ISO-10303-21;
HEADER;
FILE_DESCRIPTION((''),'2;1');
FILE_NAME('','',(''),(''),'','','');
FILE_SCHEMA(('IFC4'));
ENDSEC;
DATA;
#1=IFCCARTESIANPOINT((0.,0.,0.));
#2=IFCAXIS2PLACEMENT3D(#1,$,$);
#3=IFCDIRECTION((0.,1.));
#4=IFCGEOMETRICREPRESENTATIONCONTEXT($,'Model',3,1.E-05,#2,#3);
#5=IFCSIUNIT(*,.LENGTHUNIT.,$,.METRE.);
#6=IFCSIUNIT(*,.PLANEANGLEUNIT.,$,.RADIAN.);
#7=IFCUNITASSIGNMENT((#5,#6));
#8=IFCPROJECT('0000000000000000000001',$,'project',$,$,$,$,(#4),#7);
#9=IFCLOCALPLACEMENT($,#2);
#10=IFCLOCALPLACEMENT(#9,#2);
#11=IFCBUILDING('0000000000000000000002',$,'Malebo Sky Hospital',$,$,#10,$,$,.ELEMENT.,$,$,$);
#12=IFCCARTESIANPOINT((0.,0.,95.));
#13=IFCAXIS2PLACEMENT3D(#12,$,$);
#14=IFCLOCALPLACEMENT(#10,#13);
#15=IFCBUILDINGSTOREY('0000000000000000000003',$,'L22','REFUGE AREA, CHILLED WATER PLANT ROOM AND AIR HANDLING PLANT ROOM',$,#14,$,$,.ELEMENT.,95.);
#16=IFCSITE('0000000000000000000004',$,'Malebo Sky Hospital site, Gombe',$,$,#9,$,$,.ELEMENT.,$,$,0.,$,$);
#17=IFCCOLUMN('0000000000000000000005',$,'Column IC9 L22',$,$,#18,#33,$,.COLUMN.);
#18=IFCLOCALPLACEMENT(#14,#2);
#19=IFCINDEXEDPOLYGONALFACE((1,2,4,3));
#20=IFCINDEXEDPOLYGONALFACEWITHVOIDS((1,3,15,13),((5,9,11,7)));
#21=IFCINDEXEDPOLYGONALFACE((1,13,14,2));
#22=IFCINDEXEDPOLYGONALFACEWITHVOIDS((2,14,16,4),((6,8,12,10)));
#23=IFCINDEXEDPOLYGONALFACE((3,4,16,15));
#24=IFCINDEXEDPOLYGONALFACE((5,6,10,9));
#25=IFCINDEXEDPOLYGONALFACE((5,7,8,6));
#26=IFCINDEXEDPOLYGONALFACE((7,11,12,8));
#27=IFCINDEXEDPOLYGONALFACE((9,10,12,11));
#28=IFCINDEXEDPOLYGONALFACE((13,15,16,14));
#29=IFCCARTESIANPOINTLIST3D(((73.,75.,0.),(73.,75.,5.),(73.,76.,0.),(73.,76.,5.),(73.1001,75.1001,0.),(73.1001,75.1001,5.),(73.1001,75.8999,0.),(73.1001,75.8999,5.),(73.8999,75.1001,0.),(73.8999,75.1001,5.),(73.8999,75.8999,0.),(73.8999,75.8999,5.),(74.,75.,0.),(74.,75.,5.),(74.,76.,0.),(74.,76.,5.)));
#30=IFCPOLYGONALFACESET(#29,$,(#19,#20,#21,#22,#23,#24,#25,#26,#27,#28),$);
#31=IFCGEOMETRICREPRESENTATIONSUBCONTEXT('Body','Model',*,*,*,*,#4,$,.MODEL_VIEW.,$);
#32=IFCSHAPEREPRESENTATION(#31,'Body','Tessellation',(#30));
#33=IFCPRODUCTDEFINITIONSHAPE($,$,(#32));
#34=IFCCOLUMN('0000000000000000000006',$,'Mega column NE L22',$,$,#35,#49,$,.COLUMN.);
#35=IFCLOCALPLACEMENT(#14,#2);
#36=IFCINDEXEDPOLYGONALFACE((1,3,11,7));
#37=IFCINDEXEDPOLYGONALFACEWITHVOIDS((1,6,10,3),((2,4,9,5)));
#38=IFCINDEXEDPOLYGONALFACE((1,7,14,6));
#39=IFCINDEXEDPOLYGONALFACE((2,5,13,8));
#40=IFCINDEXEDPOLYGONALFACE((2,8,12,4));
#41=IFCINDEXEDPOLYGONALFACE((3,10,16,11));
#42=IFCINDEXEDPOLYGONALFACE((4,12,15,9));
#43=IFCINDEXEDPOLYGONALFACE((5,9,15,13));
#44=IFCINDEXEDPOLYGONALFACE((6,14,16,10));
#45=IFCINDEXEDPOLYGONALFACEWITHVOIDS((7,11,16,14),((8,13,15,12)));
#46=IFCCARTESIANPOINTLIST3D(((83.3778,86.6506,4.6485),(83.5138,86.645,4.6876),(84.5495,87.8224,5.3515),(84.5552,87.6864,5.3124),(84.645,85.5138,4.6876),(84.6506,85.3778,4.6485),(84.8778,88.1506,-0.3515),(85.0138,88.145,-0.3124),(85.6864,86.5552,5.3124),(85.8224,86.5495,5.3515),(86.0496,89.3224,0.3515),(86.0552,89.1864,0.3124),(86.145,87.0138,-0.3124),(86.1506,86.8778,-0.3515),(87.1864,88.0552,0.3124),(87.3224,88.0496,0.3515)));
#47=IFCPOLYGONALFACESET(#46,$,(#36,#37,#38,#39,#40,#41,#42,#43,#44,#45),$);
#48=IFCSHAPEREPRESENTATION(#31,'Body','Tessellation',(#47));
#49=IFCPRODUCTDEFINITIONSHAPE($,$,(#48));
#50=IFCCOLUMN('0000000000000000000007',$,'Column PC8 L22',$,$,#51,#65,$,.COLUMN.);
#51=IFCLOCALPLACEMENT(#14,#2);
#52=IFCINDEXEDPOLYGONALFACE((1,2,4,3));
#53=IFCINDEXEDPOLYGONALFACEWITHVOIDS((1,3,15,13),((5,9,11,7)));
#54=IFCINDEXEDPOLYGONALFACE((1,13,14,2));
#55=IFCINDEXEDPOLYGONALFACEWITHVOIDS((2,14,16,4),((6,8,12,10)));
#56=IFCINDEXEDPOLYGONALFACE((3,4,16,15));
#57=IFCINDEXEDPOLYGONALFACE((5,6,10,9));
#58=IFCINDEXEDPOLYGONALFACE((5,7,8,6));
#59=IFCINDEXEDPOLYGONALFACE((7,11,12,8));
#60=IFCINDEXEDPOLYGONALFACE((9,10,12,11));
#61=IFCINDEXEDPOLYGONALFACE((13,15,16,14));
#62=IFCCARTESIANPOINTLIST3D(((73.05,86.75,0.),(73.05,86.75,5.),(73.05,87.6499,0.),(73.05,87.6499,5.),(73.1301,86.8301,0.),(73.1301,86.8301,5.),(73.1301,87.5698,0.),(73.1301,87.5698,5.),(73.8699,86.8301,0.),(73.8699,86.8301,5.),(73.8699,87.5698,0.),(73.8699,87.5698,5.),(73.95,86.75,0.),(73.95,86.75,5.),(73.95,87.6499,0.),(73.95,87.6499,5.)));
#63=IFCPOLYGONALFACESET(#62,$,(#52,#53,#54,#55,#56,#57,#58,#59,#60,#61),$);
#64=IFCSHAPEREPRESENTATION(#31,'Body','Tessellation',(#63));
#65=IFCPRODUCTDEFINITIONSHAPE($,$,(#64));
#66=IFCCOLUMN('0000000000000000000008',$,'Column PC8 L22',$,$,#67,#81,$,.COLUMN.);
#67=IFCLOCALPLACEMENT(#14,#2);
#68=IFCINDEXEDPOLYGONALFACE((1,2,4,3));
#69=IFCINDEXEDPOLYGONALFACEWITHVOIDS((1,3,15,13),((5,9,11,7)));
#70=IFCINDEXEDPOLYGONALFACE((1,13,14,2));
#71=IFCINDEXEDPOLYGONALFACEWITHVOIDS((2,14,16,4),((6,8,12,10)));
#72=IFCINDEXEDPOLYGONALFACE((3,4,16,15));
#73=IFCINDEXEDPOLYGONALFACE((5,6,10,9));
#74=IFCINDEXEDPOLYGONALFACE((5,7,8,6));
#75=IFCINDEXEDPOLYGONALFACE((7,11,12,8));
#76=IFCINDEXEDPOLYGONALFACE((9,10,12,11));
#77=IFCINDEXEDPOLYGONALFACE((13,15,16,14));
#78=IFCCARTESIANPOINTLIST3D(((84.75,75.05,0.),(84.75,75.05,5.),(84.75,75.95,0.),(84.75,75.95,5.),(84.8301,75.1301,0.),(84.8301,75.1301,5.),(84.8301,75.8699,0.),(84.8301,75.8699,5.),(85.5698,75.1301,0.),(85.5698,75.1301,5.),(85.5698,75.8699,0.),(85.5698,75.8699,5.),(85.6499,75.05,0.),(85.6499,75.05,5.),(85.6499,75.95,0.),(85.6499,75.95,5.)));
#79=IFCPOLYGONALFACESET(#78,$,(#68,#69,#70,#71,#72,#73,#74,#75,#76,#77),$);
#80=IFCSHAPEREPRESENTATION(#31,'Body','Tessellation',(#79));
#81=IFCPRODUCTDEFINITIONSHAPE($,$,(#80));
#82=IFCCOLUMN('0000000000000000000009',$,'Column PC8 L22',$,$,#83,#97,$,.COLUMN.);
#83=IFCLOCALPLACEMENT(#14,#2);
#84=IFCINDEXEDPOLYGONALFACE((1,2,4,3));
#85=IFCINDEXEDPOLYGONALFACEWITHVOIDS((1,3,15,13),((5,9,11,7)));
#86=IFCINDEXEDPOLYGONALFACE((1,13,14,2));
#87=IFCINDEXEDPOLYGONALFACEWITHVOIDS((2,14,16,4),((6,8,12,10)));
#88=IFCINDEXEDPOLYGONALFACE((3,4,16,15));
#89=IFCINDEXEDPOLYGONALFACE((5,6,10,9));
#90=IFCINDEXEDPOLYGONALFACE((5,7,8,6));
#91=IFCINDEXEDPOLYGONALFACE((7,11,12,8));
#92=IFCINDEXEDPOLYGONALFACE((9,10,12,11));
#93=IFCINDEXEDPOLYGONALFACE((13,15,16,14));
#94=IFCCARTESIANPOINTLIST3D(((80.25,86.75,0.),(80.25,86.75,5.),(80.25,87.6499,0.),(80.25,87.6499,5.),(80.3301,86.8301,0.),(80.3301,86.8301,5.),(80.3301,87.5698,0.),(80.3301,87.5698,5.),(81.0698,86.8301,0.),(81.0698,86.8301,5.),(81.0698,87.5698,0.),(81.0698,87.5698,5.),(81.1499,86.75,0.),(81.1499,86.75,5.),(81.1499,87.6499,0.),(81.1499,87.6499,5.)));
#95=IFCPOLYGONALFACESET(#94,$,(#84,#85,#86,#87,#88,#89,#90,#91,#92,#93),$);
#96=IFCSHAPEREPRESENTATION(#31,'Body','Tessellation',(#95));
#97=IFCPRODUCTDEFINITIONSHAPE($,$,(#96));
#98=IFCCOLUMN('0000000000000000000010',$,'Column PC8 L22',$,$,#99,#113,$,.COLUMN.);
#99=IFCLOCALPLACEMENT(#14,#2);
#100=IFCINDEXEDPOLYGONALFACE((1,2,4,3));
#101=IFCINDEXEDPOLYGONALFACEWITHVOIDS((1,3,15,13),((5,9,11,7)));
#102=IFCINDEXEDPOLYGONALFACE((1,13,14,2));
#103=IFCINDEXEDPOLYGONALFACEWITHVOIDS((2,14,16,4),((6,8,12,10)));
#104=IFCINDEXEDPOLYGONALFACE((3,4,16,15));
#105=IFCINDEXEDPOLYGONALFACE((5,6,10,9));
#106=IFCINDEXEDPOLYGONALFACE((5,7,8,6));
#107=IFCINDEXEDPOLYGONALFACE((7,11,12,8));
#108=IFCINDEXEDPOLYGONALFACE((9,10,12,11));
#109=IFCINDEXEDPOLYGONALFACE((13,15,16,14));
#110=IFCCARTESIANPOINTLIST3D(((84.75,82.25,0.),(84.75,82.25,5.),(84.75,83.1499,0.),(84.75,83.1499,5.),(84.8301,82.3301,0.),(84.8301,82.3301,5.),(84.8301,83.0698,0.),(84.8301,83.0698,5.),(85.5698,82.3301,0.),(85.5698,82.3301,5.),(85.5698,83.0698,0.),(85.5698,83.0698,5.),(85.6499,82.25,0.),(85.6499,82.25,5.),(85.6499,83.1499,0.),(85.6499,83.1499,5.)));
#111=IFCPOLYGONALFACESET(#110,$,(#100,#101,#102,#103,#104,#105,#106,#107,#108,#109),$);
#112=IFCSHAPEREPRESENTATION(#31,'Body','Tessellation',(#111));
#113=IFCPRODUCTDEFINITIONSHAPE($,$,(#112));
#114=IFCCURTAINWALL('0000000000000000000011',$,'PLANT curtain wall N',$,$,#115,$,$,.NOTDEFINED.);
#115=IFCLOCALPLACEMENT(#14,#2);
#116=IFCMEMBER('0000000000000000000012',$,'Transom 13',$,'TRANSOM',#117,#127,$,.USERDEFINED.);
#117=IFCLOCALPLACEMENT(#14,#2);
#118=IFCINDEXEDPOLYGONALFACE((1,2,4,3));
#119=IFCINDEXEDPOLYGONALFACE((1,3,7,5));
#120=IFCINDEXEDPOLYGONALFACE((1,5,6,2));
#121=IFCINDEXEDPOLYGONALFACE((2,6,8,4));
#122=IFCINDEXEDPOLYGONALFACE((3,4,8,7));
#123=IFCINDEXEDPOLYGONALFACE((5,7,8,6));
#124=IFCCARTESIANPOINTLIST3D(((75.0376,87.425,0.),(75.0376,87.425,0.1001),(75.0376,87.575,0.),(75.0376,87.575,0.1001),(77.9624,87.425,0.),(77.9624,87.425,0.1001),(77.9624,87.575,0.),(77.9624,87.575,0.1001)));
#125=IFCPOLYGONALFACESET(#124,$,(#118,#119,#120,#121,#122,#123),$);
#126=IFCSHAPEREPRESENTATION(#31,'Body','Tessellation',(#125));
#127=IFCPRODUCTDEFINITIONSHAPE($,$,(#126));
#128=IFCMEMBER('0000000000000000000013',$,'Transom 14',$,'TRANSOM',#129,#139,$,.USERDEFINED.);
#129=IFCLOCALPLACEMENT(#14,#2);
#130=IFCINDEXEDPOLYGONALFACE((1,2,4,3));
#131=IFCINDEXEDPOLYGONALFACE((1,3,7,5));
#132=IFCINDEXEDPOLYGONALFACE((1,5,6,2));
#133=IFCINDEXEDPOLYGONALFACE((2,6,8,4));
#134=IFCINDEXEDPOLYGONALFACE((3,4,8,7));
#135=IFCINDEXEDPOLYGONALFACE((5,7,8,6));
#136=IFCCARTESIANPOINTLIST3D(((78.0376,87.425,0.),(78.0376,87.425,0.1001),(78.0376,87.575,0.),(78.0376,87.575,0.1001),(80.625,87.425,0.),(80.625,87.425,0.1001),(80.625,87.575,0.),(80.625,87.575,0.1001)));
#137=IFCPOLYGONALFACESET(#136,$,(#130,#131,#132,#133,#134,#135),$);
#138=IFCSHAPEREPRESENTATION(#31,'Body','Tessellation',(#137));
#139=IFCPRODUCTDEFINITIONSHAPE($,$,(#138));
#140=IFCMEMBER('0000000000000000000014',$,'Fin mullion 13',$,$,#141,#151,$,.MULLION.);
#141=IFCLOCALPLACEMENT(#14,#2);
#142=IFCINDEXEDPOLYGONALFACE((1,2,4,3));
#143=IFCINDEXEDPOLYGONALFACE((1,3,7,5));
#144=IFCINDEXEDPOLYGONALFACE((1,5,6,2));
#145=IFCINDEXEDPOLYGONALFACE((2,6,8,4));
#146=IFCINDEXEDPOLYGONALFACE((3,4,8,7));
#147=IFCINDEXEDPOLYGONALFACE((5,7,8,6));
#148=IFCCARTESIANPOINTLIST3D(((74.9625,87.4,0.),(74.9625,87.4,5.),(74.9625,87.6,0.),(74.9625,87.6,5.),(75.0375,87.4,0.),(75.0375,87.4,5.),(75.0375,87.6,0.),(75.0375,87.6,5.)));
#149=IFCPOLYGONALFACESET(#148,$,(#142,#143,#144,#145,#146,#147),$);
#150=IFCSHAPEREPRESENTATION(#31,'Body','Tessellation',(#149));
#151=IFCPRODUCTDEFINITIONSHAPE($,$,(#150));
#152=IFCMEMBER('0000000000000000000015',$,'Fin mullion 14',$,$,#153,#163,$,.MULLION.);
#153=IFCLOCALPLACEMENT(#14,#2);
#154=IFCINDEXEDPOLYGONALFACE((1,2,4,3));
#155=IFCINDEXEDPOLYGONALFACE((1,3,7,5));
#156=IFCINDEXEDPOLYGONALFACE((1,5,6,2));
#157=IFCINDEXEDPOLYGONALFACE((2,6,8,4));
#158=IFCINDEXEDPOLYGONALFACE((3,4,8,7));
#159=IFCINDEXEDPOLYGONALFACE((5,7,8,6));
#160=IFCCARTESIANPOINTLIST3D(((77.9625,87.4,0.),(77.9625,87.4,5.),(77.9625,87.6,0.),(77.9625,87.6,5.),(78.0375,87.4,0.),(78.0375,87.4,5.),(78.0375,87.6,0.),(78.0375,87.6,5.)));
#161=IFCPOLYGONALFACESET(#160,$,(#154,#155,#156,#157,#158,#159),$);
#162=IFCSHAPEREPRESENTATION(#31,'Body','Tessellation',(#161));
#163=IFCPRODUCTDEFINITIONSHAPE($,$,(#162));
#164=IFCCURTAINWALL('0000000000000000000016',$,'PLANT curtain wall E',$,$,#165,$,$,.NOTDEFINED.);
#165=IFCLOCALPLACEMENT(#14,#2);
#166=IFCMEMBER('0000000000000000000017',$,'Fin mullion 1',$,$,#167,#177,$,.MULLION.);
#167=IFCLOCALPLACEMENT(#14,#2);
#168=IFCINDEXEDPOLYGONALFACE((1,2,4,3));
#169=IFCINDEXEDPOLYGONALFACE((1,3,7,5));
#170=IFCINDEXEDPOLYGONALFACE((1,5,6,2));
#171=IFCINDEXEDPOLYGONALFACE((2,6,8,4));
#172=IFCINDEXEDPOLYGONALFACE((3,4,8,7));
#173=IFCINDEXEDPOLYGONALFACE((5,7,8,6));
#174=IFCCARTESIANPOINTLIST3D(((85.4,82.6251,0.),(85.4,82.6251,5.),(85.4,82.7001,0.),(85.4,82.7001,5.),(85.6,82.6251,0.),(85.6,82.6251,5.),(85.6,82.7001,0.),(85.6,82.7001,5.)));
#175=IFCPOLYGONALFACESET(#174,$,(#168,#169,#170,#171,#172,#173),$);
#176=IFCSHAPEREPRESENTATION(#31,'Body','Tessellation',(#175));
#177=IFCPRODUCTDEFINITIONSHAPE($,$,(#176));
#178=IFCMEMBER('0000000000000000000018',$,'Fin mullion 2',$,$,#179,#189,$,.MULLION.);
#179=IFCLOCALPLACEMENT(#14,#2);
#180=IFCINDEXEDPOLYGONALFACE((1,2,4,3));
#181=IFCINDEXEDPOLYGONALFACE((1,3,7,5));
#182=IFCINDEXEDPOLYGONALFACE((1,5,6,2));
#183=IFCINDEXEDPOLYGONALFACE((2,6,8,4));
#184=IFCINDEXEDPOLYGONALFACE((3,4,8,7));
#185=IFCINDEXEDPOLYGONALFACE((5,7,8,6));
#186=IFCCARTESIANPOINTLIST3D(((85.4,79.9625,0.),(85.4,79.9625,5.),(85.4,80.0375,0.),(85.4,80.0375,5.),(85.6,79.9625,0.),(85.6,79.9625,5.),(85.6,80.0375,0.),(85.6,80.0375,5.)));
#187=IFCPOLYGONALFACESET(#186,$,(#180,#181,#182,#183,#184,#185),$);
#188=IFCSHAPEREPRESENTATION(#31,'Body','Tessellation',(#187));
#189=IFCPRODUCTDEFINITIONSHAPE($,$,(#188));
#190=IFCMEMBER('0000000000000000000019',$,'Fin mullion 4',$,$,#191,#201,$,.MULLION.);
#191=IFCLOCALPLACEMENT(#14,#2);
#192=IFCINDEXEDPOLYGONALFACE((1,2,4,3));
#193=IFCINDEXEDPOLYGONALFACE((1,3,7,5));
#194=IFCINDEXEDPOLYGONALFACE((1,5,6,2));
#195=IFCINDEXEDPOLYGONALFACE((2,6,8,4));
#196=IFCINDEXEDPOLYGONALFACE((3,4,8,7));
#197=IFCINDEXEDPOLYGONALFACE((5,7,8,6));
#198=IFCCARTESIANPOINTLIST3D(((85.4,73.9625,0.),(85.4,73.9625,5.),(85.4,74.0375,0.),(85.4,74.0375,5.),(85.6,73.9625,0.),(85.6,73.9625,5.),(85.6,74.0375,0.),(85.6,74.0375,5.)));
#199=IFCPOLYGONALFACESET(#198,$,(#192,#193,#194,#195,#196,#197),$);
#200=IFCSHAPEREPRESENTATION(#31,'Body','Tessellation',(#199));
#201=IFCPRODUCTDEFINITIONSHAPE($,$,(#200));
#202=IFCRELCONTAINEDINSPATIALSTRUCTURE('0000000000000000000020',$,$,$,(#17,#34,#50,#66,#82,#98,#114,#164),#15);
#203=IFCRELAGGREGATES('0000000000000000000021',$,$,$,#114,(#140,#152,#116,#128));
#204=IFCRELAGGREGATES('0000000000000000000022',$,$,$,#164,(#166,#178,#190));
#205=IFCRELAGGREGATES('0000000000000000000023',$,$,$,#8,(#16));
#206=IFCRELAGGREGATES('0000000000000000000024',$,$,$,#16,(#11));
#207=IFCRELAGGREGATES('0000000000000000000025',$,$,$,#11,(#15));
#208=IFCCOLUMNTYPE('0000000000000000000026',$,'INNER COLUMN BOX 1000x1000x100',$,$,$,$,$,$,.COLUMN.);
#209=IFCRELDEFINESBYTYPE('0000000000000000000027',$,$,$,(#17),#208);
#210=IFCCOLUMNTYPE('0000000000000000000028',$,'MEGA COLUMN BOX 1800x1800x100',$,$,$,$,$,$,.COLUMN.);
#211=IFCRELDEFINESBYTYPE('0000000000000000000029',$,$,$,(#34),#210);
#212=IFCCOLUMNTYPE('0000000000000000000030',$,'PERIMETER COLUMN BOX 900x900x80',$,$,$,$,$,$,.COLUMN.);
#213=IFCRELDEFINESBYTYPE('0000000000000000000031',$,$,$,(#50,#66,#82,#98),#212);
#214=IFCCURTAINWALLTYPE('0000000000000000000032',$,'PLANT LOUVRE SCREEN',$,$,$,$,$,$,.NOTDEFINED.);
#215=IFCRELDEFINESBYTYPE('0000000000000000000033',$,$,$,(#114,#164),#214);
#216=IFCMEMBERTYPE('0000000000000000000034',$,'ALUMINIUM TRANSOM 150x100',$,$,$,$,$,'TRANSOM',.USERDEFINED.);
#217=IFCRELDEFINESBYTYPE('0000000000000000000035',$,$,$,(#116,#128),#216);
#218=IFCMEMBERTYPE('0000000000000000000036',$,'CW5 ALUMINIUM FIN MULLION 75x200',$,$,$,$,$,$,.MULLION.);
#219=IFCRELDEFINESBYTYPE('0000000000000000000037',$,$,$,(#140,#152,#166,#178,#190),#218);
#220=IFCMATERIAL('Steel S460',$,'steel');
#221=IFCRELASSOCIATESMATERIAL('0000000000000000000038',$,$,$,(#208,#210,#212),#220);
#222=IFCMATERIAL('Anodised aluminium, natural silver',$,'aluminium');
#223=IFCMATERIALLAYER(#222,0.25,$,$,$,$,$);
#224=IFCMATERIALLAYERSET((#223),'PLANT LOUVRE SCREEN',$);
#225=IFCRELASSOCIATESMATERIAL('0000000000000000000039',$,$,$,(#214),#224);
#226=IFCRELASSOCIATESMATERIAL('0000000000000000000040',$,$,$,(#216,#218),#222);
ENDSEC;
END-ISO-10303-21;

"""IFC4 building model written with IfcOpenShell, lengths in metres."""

from ifc_helpers import new_model, si_unit, direction, frame, origin, origin_2d, place, context, subcontext, project, spatial, rectangle, hollow_rectangle, extrude, material, layer, layer_set, material_profile, profile_set, type_object, element, aggregate, save


model = new_model("IFC4")

# Units and contexts
model_context = context("Model", 3, precision=1e-05, world=origin(), true_north=direction((0.0, 1.0)))
body_context = subcontext(model_context, "Body", "Model", "MODEL_VIEW")
ifc_project = project(units=[si_unit("LENGTHUNIT", "METRE"), si_unit("PLANEANGLEUNIT", "RADIAN")], contexts=[model_context])

# Site, building, storey
site_placement = place(None, origin())
site = spatial("IfcSite", under=ifc_project, at=site_placement, Name="Malebo Sky Hospital site, Gombe", CompositionType="ELEMENT", RefElevation=0.0)
building_placement = place(site_placement, origin())
building = spatial("IfcBuilding", under=site, at=building_placement, Name="Malebo Sky Hospital", CompositionType="ELEMENT")
storey_placement = place(building_placement, frame((0.0, 0.0, 95.0)))
storey = spatial("IfcBuildingStorey", under=building, at=storey_placement, Name="L22", Description="REFUGE AREA, CHILLED WATER PLANT ROOM AND AIR HANDLING PLANT ROOM", CompositionType="ELEMENT", Elevation=95.0)

# Columns
ifc_material_1 = material(Name="Steel S460", Category="steel")
ifc_material_profile_1 = material_profile(ifc_material_1, hollow_rectangle(XDim=1.0, YDim=1.0, WallThickness=0.1001, at=origin_2d()), Name="BOX 1000x1000x100")
ifc_profile_set_1 = profile_set([ifc_material_profile_1], Name="Steel S460")
column_type_1 = type_object("IfcColumnType", Name="INNER COLUMN BOX 1000x1000x100", PredefinedType="COLUMN", material=ifc_profile_set_1)
column_1_placement = place(storey_placement, frame((73.5, 75.5, 0.0), z_axis=(0.0, 0.0, 1.0), x_axis=(1.0, 0.0, 0.0)))
element("IfcColumn", 1, at=column_1_placement, inside=storey, type_object=column_type_1, Name="Column IC9 L22", PredefinedType="COLUMN", context=body_context, shape_type="SweptSolid", body=[
    extrude(hollow_rectangle(XDim=1.0, YDim=1.0, WallThickness=0.1001, at=origin_2d()), origin(), (0.0, 0.0, 1.0), 5.0),
])
ifc_material_profile_2 = material_profile(ifc_material_1, hollow_rectangle(XDim=1.8, YDim=1.8, WallThickness=0.1001, at=origin_2d()), Name="BOX 1800x1800x100")
ifc_profile_set_2 = profile_set([ifc_material_profile_2], Name="Steel S460")
column_type_2 = type_object("IfcColumnType", Name="MEGA COLUMN BOX 1800x1800x100", PredefinedType="COLUMN", material=ifc_profile_set_2)
column_2_placement = place(storey_placement, frame((86.1001, 88.1001, 0.0), z_axis=(-0.276172, -0.276172, 0.920575), x_axis=(0.707107, -0.707107, 0.0)))
element("IfcColumn", 2, at=column_2_placement, inside=storey, type_object=column_type_2, Name="Mega column NE L22", PredefinedType="COLUMN", context=body_context, shape_type="SweptSolid", body=[
    extrude(hollow_rectangle(XDim=1.8, YDim=1.8, WallThickness=0.1001, at=origin_2d()), origin(), (0.0, 0.0, 1.0), 5.4314),
])
ifc_material_profile_3 = material_profile(ifc_material_1, hollow_rectangle(XDim=0.8999, YDim=0.8999, WallThickness=0.0801, at=origin_2d()), Name="BOX 900x900x80")
ifc_profile_set_3 = profile_set([ifc_material_profile_3], Name="Steel S460")
column_type_3 = type_object("IfcColumnType", Name="PERIMETER COLUMN BOX 900x900x80", PredefinedType="COLUMN", material=ifc_profile_set_3)
for number, where, z_axis, x_axis, name in (
    (3, (73.5, 87.2, 0.0), (0.0, 0.0, 1.0), (1.0, 0.0, 0.0), "Column PC8 L22"),
    (4, (85.2, 75.5, 0.0), (0.0, 0.0, 1.0), (1.0, 0.0, 0.0), "Column PC8 L22"),
    (5, (80.7, 87.2, 0.0), (0.0, 0.0, 1.0), (1.0, 0.0, 0.0), "Column PC8 L22"),
    (6, (85.2, 82.7, 0.0), (0.0, 0.0, 1.0), (1.0, 0.0, 0.0), "Column PC8 L22"),
):
    element("IfcColumn", number, at=place(storey_placement, frame(where, z_axis=z_axis, x_axis=x_axis)), inside=storey, type_object=column_type_3, Name=name, PredefinedType="COLUMN", context=body_context, shape_type="SweptSolid", body=[
        extrude(hollow_rectangle(XDim=0.8999, YDim=0.8999, WallThickness=0.0801, at=origin_2d()), origin(), (0.0, 0.0, 1.0), 5.0),
    ])

# Curtain walls, members
ifc_material_2 = material(Name="Anodised aluminium, natural silver", Category="aluminium")
ifc_layer_1 = layer(ifc_material_2, 0.25)
ifc_layer_set_1 = layer_set([ifc_layer_1], Name="PLANT LOUVRE SCREEN")
curtain_wall_type = type_object("IfcCurtainWallType", Name="PLANT LOUVRE SCREEN", PredefinedType="NOTDEFINED", material=ifc_layer_set_1)
curtain_wall_1_placement = place(storey_placement, origin())
curtain_wall_1 = element("IfcCurtainWall", 7, at=curtain_wall_1_placement, inside=storey, type_object=curtain_wall_type, Name="PLANT curtain wall N", PredefinedType="NOTDEFINED")
ifc_material_profile_4 = material_profile(ifc_material_2, rectangle(XDim=0.1499, YDim=0.1001, at=origin_2d()), Name="ALUMINIUM TRANSOM 150x100")
ifc_profile_set_4 = profile_set([ifc_material_profile_4], Name="Anodised aluminium, natural silver")
member_type_1 = type_object("IfcMemberType", Name="ALUMINIUM TRANSOM 150x100", ElementType="TRANSOM", PredefinedType="USERDEFINED", material=ifc_profile_set_4)
member_1_placement = place(storey_placement, frame((75.0376, 87.5, 0.05), z_axis=(1.0, 0.0, 0.0), x_axis=(0.0, 1.0, 0.0)))
member_1 = element("IfcMember", 8, at=member_1_placement, type_object=member_type_1, Name="Transom 13", ObjectType="TRANSOM", PredefinedType="USERDEFINED", context=body_context, shape_type="SweptSolid", body=[
    extrude(rectangle(XDim=0.1499, YDim=0.1001, at=origin_2d()), origin(), (0.0, 0.0, 1.0), 2.9248),
])
member_2_placement = place(storey_placement, frame((78.0376, 87.5, 0.05), z_axis=(1.0, 0.0, 0.0), x_axis=(0.0, 1.0, 0.0)))
member_2 = element("IfcMember", 9, at=member_2_placement, type_object=member_type_1, Name="Transom 14", ObjectType="TRANSOM", PredefinedType="USERDEFINED", context=body_context, shape_type="SweptSolid", body=[
    extrude(rectangle(XDim=0.1499, YDim=0.1001, at=origin_2d()), origin(), (0.0, 0.0, 1.0), 2.5874),
])
ifc_material_profile_5 = material_profile(ifc_material_2, rectangle(XDim=0.075, YDim=0.2, at=origin_2d()), Name="CW5 ALUMINIUM FIN MULLION 75x200")
ifc_profile_set_5 = profile_set([ifc_material_profile_5], Name="Anodised aluminium, natural silver")
member_type_2 = type_object("IfcMemberType", Name="CW5 ALUMINIUM FIN MULLION 75x200", PredefinedType="MULLION", material=ifc_profile_set_5)
member_3_placement = place(storey_placement, frame((75.0, 87.5, 0.0), z_axis=(0.0, 0.0, 1.0), x_axis=(1.0, 0.0, 0.0)))
member_3 = element("IfcMember", 10, at=member_3_placement, type_object=member_type_2, Name="Fin mullion 13", PredefinedType="MULLION", context=body_context, shape_type="SweptSolid", body=[
    extrude(rectangle(XDim=0.075, YDim=0.2, at=origin_2d()), origin(), (0.0, 0.0, 1.0), 5.0),
])
member_4_placement = place(storey_placement, frame((78.0, 87.5, 0.0), z_axis=(0.0, 0.0, 1.0), x_axis=(1.0, 0.0, 0.0)))
member_4 = element("IfcMember", 11, at=member_4_placement, type_object=member_type_2, Name="Fin mullion 14", PredefinedType="MULLION", context=body_context, shape_type="SweptSolid", body=[
    extrude(rectangle(XDim=0.075, YDim=0.2, at=origin_2d()), origin(), (0.0, 0.0, 1.0), 5.0),
])
curtain_wall_2_placement = place(storey_placement, origin())
curtain_wall_2 = element("IfcCurtainWall", 12, at=curtain_wall_2_placement, inside=storey, type_object=curtain_wall_type, Name="PLANT curtain wall E", PredefinedType="NOTDEFINED")
member_5_placement = place(storey_placement, frame((85.5, 82.6626, 0.0), z_axis=(0.0, 0.0, 1.0), x_axis=(0.0, -1.0, 0.0)))
member_5 = element("IfcMember", 13, at=member_5_placement, type_object=member_type_2, Name="Fin mullion 1", PredefinedType="MULLION", context=body_context, shape_type="SweptSolid", body=[
    extrude(rectangle(XDim=0.075, YDim=0.2, at=origin_2d()), origin(), (0.0, 0.0, 1.0), 5.0),
])
member_6_placement = place(storey_placement, frame((85.5, 80.0, 0.0), z_axis=(0.0, 0.0, 1.0), x_axis=(0.0, -1.0, 0.0)))
member_6 = element("IfcMember", 14, at=member_6_placement, type_object=member_type_2, Name="Fin mullion 2", PredefinedType="MULLION", context=body_context, shape_type="SweptSolid", body=[
    extrude(rectangle(XDim=0.075, YDim=0.2, at=origin_2d()), origin(), (0.0, 0.0, 1.0), 5.0),
])
member_7_placement = place(storey_placement, frame((85.5, 74.0, 0.0), z_axis=(0.0, 0.0, 1.0), x_axis=(0.0, -1.0, 0.0)))
member_7 = element("IfcMember", 15, at=member_7_placement, type_object=member_type_2, Name="Fin mullion 4", PredefinedType="MULLION", context=body_context, shape_type="SweptSolid", body=[
    extrude(rectangle(XDim=0.075, YDim=0.2, at=origin_2d()), origin(), (0.0, 0.0, 1.0), 5.0),
])

aggregate(curtain_wall_1, [member_3, member_4, member_1, member_2])
aggregate(curtain_wall_2, [member_5, member_6, member_7])

save(model, "model.ifc")
